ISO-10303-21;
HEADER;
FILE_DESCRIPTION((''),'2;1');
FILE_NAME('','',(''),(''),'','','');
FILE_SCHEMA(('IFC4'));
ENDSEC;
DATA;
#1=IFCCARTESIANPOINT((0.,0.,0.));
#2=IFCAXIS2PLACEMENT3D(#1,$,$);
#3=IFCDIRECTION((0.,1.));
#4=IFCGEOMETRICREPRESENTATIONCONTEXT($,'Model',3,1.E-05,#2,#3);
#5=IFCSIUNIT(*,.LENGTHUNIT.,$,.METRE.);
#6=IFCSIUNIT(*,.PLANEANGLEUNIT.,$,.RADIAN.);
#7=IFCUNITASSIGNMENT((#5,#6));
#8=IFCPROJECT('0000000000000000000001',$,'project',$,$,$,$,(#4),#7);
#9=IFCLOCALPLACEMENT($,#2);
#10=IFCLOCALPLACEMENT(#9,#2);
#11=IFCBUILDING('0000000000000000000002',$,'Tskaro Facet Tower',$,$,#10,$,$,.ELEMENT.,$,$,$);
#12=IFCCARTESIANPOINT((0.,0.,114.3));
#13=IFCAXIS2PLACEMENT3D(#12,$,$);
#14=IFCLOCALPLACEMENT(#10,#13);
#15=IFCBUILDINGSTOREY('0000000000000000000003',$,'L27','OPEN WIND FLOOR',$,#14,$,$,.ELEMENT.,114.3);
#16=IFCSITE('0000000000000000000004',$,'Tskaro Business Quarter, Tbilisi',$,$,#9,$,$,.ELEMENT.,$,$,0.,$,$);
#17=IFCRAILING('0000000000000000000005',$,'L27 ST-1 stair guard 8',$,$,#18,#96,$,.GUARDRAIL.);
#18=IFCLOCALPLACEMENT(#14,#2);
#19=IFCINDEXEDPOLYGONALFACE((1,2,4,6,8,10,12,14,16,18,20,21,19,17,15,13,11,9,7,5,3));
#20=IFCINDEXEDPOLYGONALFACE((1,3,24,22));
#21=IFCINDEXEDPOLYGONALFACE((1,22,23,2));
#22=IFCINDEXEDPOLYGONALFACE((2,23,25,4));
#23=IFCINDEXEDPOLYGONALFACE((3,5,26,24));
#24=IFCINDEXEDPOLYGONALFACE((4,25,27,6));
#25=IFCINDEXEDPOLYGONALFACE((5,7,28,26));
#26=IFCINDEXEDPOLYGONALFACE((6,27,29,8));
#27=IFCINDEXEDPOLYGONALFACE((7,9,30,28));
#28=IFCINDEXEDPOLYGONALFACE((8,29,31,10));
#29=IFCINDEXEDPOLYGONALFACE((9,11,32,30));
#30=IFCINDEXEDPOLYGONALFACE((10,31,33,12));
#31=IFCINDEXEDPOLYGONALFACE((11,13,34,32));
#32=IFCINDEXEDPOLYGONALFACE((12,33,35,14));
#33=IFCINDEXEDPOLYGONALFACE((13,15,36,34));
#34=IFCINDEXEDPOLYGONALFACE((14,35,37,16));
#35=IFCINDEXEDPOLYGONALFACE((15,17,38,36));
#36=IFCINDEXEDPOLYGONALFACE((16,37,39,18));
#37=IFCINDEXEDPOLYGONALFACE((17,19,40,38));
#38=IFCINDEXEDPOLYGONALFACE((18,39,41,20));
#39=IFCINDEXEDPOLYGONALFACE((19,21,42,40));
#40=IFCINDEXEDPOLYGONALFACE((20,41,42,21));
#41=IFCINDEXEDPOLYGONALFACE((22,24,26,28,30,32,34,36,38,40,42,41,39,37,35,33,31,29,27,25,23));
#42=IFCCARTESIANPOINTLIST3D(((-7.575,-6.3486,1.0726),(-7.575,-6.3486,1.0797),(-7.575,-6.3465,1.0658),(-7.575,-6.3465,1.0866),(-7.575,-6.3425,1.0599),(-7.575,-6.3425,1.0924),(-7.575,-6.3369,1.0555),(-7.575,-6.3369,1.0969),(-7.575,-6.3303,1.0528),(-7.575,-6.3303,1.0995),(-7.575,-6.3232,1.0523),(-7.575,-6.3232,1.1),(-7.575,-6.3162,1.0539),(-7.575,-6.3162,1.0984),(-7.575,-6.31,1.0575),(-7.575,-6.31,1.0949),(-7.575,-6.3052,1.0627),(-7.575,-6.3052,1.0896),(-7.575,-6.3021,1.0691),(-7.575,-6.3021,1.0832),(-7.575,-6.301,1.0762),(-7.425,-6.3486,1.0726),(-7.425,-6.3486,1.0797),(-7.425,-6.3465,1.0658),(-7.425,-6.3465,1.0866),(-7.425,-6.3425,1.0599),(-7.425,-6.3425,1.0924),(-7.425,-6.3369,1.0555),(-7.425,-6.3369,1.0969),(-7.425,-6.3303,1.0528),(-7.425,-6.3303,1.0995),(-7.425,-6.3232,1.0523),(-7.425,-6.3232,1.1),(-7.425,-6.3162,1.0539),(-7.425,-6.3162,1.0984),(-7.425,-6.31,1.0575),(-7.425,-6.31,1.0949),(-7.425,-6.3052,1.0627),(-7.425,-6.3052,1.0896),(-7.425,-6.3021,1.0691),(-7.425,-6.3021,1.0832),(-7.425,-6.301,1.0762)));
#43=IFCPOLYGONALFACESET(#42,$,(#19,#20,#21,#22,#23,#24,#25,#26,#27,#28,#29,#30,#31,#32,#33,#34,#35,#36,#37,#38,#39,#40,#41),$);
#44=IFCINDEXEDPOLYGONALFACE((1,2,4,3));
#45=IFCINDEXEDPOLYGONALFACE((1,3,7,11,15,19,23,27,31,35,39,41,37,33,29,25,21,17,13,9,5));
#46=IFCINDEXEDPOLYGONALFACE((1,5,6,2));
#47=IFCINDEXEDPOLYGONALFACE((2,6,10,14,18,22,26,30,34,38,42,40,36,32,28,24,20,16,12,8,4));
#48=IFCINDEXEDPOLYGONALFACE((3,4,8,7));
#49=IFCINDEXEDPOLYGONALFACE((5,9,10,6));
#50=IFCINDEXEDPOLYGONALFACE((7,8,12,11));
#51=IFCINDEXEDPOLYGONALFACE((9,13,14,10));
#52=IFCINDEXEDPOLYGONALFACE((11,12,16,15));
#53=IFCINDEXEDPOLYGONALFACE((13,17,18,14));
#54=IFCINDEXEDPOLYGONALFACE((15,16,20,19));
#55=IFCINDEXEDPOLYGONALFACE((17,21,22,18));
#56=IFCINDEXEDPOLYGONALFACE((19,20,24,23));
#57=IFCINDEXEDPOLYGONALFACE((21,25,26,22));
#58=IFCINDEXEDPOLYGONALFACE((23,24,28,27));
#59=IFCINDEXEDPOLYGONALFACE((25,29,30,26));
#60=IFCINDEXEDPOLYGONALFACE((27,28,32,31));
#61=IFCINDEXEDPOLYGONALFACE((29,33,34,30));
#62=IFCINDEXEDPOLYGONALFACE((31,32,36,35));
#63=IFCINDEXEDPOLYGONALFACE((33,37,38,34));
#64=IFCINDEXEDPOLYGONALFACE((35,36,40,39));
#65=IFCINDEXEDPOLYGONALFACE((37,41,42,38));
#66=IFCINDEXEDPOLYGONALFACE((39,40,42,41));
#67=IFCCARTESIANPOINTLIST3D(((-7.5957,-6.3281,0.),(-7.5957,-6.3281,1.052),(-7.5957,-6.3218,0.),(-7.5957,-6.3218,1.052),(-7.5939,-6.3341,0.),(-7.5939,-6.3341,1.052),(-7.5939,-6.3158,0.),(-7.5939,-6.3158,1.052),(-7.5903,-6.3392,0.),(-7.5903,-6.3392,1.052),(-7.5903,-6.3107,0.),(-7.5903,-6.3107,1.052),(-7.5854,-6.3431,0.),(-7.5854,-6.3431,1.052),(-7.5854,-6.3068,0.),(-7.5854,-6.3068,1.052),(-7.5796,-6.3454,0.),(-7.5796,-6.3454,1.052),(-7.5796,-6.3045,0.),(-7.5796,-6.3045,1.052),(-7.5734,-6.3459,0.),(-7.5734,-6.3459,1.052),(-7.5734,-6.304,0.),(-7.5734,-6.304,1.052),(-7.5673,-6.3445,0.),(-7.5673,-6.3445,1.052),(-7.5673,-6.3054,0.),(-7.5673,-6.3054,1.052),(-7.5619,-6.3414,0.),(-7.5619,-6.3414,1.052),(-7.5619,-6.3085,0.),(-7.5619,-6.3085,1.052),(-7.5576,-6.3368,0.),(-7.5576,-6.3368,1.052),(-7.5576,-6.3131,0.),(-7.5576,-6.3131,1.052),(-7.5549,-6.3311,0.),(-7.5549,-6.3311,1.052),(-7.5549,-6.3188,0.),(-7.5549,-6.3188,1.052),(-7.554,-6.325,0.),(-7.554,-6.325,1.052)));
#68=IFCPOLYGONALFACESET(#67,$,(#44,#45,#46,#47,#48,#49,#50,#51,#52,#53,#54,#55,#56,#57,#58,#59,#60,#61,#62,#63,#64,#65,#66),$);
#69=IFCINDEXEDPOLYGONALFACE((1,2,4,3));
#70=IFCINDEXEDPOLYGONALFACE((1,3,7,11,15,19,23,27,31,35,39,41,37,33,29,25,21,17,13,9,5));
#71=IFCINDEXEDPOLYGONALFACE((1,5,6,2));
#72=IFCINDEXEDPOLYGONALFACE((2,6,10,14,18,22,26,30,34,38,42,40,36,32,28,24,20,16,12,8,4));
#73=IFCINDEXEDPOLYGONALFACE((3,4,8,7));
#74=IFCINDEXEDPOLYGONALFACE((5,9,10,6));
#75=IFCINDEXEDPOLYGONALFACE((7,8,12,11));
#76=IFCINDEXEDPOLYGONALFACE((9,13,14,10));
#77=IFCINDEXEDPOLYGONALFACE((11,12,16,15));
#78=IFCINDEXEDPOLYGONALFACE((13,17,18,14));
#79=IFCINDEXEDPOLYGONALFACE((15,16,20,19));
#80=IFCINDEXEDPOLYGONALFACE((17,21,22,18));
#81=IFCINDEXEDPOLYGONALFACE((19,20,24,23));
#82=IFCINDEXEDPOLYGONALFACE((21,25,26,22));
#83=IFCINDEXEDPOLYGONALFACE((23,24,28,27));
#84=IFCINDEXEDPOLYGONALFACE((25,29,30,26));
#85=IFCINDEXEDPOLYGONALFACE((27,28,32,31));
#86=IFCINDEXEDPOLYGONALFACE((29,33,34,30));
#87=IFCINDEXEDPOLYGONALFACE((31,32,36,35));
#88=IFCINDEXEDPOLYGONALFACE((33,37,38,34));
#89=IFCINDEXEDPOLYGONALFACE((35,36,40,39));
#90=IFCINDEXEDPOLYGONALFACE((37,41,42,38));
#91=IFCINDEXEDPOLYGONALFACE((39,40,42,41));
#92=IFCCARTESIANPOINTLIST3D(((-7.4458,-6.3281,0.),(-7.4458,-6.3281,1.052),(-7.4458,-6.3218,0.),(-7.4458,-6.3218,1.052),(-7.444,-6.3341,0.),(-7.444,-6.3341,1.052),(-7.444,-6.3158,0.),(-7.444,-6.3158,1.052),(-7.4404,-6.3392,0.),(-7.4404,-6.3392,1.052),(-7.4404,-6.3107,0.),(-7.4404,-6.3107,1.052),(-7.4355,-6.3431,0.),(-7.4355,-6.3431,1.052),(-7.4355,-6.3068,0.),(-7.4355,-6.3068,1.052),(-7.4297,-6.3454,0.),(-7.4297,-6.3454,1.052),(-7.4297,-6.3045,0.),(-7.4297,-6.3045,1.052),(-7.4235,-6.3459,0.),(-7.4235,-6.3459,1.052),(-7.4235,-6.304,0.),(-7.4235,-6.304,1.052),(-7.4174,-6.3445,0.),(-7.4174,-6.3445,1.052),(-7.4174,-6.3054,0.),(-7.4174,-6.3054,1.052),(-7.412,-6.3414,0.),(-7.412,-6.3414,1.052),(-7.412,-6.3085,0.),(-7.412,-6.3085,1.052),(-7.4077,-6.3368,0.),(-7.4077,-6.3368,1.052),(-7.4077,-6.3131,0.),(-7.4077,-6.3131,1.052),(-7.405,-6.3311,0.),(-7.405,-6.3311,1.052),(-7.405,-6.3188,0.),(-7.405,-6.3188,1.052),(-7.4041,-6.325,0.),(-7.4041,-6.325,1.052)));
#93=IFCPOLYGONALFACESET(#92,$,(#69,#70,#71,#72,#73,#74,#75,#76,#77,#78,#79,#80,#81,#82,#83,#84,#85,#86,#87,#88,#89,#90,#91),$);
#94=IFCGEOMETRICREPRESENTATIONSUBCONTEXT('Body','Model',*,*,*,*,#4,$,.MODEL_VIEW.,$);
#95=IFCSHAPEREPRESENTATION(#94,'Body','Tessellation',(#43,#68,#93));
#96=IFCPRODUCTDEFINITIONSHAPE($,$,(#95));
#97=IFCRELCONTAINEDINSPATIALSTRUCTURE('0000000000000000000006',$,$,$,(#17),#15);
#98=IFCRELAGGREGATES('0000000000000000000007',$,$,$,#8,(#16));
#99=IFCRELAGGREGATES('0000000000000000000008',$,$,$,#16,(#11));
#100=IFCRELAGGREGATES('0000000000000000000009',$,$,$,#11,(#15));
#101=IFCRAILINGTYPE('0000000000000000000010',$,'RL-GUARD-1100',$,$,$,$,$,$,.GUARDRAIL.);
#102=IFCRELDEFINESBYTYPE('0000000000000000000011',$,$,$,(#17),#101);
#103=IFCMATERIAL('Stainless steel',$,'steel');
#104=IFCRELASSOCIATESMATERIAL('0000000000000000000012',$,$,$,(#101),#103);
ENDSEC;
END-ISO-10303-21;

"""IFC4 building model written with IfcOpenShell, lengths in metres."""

from ifc_helpers import new_model, si_unit, direction, frame, origin, origin_2d, place, context, subcontext, project, spatial, circle, extrude, material, type_object, element, save


model = new_model("IFC4")

# Units and contexts
model_context = context("Model", 3, precision=1e-05, world=origin(), true_north=direction((0.0, 1.0)))
body_context = subcontext(model_context, "Body", "Model", "MODEL_VIEW")
ifc_project = project(units=[si_unit("LENGTHUNIT", "METRE"), si_unit("PLANEANGLEUNIT", "RADIAN")], contexts=[model_context])

# Site, building, storey
site_placement = place(None, origin())
site = spatial("IfcSite", under=ifc_project, at=site_placement, Name="Tskaro Business Quarter, Tbilisi", CompositionType="ELEMENT", RefElevation=0.0)
building_placement = place(site_placement, origin())
building = spatial("IfcBuilding", under=site, at=building_placement, Name="Tskaro Facet Tower", CompositionType="ELEMENT")
storey_placement = place(building_placement, frame((0.0, 0.0, 114.3)))
storey = spatial("IfcBuildingStorey", under=building, at=storey_placement, Name="L27", Description="OPEN WIND FLOOR", CompositionType="ELEMENT", Elevation=114.3)

# Shared definitions
ifc_material_1 = material(Name="Stainless steel", Category="steel")

# Railing
railing_type_1 = type_object("IfcRailingType", Name="RL-GUARD-1100", PredefinedType="GUARDRAIL", material=ifc_material_1)
railing_1_placement = place(storey_placement, frame((-7.575, -6.325, 0.0)))
element("IfcRailing", 1, at=railing_1_placement, inside=storey, type_object=railing_type_1, Name="L27 ST-1 stair guard 8", PredefinedType="GUARDRAIL", context=body_context, shape_type="SweptSolid", body=[
    extrude(circle(Radius=0.0239, at=origin_2d()), frame((0.0, 0.0, 1.0762), z_axis=(1.0, 0.0, 0.0), x_axis=(0.0, 1.0, 0.0)), (0.0, 0.0, 1.0), 0.1499),
    extrude(circle(Radius=0.021, at=origin_2d()), origin(), (0.0, 0.0, 1.0), 1.052),
    extrude(circle(Radius=0.021, at=origin_2d()), frame((0.1499, 0.0, 0.0)), (0.0, 0.0, 1.0), 1.052),
])

save(model, "model.ifc")
